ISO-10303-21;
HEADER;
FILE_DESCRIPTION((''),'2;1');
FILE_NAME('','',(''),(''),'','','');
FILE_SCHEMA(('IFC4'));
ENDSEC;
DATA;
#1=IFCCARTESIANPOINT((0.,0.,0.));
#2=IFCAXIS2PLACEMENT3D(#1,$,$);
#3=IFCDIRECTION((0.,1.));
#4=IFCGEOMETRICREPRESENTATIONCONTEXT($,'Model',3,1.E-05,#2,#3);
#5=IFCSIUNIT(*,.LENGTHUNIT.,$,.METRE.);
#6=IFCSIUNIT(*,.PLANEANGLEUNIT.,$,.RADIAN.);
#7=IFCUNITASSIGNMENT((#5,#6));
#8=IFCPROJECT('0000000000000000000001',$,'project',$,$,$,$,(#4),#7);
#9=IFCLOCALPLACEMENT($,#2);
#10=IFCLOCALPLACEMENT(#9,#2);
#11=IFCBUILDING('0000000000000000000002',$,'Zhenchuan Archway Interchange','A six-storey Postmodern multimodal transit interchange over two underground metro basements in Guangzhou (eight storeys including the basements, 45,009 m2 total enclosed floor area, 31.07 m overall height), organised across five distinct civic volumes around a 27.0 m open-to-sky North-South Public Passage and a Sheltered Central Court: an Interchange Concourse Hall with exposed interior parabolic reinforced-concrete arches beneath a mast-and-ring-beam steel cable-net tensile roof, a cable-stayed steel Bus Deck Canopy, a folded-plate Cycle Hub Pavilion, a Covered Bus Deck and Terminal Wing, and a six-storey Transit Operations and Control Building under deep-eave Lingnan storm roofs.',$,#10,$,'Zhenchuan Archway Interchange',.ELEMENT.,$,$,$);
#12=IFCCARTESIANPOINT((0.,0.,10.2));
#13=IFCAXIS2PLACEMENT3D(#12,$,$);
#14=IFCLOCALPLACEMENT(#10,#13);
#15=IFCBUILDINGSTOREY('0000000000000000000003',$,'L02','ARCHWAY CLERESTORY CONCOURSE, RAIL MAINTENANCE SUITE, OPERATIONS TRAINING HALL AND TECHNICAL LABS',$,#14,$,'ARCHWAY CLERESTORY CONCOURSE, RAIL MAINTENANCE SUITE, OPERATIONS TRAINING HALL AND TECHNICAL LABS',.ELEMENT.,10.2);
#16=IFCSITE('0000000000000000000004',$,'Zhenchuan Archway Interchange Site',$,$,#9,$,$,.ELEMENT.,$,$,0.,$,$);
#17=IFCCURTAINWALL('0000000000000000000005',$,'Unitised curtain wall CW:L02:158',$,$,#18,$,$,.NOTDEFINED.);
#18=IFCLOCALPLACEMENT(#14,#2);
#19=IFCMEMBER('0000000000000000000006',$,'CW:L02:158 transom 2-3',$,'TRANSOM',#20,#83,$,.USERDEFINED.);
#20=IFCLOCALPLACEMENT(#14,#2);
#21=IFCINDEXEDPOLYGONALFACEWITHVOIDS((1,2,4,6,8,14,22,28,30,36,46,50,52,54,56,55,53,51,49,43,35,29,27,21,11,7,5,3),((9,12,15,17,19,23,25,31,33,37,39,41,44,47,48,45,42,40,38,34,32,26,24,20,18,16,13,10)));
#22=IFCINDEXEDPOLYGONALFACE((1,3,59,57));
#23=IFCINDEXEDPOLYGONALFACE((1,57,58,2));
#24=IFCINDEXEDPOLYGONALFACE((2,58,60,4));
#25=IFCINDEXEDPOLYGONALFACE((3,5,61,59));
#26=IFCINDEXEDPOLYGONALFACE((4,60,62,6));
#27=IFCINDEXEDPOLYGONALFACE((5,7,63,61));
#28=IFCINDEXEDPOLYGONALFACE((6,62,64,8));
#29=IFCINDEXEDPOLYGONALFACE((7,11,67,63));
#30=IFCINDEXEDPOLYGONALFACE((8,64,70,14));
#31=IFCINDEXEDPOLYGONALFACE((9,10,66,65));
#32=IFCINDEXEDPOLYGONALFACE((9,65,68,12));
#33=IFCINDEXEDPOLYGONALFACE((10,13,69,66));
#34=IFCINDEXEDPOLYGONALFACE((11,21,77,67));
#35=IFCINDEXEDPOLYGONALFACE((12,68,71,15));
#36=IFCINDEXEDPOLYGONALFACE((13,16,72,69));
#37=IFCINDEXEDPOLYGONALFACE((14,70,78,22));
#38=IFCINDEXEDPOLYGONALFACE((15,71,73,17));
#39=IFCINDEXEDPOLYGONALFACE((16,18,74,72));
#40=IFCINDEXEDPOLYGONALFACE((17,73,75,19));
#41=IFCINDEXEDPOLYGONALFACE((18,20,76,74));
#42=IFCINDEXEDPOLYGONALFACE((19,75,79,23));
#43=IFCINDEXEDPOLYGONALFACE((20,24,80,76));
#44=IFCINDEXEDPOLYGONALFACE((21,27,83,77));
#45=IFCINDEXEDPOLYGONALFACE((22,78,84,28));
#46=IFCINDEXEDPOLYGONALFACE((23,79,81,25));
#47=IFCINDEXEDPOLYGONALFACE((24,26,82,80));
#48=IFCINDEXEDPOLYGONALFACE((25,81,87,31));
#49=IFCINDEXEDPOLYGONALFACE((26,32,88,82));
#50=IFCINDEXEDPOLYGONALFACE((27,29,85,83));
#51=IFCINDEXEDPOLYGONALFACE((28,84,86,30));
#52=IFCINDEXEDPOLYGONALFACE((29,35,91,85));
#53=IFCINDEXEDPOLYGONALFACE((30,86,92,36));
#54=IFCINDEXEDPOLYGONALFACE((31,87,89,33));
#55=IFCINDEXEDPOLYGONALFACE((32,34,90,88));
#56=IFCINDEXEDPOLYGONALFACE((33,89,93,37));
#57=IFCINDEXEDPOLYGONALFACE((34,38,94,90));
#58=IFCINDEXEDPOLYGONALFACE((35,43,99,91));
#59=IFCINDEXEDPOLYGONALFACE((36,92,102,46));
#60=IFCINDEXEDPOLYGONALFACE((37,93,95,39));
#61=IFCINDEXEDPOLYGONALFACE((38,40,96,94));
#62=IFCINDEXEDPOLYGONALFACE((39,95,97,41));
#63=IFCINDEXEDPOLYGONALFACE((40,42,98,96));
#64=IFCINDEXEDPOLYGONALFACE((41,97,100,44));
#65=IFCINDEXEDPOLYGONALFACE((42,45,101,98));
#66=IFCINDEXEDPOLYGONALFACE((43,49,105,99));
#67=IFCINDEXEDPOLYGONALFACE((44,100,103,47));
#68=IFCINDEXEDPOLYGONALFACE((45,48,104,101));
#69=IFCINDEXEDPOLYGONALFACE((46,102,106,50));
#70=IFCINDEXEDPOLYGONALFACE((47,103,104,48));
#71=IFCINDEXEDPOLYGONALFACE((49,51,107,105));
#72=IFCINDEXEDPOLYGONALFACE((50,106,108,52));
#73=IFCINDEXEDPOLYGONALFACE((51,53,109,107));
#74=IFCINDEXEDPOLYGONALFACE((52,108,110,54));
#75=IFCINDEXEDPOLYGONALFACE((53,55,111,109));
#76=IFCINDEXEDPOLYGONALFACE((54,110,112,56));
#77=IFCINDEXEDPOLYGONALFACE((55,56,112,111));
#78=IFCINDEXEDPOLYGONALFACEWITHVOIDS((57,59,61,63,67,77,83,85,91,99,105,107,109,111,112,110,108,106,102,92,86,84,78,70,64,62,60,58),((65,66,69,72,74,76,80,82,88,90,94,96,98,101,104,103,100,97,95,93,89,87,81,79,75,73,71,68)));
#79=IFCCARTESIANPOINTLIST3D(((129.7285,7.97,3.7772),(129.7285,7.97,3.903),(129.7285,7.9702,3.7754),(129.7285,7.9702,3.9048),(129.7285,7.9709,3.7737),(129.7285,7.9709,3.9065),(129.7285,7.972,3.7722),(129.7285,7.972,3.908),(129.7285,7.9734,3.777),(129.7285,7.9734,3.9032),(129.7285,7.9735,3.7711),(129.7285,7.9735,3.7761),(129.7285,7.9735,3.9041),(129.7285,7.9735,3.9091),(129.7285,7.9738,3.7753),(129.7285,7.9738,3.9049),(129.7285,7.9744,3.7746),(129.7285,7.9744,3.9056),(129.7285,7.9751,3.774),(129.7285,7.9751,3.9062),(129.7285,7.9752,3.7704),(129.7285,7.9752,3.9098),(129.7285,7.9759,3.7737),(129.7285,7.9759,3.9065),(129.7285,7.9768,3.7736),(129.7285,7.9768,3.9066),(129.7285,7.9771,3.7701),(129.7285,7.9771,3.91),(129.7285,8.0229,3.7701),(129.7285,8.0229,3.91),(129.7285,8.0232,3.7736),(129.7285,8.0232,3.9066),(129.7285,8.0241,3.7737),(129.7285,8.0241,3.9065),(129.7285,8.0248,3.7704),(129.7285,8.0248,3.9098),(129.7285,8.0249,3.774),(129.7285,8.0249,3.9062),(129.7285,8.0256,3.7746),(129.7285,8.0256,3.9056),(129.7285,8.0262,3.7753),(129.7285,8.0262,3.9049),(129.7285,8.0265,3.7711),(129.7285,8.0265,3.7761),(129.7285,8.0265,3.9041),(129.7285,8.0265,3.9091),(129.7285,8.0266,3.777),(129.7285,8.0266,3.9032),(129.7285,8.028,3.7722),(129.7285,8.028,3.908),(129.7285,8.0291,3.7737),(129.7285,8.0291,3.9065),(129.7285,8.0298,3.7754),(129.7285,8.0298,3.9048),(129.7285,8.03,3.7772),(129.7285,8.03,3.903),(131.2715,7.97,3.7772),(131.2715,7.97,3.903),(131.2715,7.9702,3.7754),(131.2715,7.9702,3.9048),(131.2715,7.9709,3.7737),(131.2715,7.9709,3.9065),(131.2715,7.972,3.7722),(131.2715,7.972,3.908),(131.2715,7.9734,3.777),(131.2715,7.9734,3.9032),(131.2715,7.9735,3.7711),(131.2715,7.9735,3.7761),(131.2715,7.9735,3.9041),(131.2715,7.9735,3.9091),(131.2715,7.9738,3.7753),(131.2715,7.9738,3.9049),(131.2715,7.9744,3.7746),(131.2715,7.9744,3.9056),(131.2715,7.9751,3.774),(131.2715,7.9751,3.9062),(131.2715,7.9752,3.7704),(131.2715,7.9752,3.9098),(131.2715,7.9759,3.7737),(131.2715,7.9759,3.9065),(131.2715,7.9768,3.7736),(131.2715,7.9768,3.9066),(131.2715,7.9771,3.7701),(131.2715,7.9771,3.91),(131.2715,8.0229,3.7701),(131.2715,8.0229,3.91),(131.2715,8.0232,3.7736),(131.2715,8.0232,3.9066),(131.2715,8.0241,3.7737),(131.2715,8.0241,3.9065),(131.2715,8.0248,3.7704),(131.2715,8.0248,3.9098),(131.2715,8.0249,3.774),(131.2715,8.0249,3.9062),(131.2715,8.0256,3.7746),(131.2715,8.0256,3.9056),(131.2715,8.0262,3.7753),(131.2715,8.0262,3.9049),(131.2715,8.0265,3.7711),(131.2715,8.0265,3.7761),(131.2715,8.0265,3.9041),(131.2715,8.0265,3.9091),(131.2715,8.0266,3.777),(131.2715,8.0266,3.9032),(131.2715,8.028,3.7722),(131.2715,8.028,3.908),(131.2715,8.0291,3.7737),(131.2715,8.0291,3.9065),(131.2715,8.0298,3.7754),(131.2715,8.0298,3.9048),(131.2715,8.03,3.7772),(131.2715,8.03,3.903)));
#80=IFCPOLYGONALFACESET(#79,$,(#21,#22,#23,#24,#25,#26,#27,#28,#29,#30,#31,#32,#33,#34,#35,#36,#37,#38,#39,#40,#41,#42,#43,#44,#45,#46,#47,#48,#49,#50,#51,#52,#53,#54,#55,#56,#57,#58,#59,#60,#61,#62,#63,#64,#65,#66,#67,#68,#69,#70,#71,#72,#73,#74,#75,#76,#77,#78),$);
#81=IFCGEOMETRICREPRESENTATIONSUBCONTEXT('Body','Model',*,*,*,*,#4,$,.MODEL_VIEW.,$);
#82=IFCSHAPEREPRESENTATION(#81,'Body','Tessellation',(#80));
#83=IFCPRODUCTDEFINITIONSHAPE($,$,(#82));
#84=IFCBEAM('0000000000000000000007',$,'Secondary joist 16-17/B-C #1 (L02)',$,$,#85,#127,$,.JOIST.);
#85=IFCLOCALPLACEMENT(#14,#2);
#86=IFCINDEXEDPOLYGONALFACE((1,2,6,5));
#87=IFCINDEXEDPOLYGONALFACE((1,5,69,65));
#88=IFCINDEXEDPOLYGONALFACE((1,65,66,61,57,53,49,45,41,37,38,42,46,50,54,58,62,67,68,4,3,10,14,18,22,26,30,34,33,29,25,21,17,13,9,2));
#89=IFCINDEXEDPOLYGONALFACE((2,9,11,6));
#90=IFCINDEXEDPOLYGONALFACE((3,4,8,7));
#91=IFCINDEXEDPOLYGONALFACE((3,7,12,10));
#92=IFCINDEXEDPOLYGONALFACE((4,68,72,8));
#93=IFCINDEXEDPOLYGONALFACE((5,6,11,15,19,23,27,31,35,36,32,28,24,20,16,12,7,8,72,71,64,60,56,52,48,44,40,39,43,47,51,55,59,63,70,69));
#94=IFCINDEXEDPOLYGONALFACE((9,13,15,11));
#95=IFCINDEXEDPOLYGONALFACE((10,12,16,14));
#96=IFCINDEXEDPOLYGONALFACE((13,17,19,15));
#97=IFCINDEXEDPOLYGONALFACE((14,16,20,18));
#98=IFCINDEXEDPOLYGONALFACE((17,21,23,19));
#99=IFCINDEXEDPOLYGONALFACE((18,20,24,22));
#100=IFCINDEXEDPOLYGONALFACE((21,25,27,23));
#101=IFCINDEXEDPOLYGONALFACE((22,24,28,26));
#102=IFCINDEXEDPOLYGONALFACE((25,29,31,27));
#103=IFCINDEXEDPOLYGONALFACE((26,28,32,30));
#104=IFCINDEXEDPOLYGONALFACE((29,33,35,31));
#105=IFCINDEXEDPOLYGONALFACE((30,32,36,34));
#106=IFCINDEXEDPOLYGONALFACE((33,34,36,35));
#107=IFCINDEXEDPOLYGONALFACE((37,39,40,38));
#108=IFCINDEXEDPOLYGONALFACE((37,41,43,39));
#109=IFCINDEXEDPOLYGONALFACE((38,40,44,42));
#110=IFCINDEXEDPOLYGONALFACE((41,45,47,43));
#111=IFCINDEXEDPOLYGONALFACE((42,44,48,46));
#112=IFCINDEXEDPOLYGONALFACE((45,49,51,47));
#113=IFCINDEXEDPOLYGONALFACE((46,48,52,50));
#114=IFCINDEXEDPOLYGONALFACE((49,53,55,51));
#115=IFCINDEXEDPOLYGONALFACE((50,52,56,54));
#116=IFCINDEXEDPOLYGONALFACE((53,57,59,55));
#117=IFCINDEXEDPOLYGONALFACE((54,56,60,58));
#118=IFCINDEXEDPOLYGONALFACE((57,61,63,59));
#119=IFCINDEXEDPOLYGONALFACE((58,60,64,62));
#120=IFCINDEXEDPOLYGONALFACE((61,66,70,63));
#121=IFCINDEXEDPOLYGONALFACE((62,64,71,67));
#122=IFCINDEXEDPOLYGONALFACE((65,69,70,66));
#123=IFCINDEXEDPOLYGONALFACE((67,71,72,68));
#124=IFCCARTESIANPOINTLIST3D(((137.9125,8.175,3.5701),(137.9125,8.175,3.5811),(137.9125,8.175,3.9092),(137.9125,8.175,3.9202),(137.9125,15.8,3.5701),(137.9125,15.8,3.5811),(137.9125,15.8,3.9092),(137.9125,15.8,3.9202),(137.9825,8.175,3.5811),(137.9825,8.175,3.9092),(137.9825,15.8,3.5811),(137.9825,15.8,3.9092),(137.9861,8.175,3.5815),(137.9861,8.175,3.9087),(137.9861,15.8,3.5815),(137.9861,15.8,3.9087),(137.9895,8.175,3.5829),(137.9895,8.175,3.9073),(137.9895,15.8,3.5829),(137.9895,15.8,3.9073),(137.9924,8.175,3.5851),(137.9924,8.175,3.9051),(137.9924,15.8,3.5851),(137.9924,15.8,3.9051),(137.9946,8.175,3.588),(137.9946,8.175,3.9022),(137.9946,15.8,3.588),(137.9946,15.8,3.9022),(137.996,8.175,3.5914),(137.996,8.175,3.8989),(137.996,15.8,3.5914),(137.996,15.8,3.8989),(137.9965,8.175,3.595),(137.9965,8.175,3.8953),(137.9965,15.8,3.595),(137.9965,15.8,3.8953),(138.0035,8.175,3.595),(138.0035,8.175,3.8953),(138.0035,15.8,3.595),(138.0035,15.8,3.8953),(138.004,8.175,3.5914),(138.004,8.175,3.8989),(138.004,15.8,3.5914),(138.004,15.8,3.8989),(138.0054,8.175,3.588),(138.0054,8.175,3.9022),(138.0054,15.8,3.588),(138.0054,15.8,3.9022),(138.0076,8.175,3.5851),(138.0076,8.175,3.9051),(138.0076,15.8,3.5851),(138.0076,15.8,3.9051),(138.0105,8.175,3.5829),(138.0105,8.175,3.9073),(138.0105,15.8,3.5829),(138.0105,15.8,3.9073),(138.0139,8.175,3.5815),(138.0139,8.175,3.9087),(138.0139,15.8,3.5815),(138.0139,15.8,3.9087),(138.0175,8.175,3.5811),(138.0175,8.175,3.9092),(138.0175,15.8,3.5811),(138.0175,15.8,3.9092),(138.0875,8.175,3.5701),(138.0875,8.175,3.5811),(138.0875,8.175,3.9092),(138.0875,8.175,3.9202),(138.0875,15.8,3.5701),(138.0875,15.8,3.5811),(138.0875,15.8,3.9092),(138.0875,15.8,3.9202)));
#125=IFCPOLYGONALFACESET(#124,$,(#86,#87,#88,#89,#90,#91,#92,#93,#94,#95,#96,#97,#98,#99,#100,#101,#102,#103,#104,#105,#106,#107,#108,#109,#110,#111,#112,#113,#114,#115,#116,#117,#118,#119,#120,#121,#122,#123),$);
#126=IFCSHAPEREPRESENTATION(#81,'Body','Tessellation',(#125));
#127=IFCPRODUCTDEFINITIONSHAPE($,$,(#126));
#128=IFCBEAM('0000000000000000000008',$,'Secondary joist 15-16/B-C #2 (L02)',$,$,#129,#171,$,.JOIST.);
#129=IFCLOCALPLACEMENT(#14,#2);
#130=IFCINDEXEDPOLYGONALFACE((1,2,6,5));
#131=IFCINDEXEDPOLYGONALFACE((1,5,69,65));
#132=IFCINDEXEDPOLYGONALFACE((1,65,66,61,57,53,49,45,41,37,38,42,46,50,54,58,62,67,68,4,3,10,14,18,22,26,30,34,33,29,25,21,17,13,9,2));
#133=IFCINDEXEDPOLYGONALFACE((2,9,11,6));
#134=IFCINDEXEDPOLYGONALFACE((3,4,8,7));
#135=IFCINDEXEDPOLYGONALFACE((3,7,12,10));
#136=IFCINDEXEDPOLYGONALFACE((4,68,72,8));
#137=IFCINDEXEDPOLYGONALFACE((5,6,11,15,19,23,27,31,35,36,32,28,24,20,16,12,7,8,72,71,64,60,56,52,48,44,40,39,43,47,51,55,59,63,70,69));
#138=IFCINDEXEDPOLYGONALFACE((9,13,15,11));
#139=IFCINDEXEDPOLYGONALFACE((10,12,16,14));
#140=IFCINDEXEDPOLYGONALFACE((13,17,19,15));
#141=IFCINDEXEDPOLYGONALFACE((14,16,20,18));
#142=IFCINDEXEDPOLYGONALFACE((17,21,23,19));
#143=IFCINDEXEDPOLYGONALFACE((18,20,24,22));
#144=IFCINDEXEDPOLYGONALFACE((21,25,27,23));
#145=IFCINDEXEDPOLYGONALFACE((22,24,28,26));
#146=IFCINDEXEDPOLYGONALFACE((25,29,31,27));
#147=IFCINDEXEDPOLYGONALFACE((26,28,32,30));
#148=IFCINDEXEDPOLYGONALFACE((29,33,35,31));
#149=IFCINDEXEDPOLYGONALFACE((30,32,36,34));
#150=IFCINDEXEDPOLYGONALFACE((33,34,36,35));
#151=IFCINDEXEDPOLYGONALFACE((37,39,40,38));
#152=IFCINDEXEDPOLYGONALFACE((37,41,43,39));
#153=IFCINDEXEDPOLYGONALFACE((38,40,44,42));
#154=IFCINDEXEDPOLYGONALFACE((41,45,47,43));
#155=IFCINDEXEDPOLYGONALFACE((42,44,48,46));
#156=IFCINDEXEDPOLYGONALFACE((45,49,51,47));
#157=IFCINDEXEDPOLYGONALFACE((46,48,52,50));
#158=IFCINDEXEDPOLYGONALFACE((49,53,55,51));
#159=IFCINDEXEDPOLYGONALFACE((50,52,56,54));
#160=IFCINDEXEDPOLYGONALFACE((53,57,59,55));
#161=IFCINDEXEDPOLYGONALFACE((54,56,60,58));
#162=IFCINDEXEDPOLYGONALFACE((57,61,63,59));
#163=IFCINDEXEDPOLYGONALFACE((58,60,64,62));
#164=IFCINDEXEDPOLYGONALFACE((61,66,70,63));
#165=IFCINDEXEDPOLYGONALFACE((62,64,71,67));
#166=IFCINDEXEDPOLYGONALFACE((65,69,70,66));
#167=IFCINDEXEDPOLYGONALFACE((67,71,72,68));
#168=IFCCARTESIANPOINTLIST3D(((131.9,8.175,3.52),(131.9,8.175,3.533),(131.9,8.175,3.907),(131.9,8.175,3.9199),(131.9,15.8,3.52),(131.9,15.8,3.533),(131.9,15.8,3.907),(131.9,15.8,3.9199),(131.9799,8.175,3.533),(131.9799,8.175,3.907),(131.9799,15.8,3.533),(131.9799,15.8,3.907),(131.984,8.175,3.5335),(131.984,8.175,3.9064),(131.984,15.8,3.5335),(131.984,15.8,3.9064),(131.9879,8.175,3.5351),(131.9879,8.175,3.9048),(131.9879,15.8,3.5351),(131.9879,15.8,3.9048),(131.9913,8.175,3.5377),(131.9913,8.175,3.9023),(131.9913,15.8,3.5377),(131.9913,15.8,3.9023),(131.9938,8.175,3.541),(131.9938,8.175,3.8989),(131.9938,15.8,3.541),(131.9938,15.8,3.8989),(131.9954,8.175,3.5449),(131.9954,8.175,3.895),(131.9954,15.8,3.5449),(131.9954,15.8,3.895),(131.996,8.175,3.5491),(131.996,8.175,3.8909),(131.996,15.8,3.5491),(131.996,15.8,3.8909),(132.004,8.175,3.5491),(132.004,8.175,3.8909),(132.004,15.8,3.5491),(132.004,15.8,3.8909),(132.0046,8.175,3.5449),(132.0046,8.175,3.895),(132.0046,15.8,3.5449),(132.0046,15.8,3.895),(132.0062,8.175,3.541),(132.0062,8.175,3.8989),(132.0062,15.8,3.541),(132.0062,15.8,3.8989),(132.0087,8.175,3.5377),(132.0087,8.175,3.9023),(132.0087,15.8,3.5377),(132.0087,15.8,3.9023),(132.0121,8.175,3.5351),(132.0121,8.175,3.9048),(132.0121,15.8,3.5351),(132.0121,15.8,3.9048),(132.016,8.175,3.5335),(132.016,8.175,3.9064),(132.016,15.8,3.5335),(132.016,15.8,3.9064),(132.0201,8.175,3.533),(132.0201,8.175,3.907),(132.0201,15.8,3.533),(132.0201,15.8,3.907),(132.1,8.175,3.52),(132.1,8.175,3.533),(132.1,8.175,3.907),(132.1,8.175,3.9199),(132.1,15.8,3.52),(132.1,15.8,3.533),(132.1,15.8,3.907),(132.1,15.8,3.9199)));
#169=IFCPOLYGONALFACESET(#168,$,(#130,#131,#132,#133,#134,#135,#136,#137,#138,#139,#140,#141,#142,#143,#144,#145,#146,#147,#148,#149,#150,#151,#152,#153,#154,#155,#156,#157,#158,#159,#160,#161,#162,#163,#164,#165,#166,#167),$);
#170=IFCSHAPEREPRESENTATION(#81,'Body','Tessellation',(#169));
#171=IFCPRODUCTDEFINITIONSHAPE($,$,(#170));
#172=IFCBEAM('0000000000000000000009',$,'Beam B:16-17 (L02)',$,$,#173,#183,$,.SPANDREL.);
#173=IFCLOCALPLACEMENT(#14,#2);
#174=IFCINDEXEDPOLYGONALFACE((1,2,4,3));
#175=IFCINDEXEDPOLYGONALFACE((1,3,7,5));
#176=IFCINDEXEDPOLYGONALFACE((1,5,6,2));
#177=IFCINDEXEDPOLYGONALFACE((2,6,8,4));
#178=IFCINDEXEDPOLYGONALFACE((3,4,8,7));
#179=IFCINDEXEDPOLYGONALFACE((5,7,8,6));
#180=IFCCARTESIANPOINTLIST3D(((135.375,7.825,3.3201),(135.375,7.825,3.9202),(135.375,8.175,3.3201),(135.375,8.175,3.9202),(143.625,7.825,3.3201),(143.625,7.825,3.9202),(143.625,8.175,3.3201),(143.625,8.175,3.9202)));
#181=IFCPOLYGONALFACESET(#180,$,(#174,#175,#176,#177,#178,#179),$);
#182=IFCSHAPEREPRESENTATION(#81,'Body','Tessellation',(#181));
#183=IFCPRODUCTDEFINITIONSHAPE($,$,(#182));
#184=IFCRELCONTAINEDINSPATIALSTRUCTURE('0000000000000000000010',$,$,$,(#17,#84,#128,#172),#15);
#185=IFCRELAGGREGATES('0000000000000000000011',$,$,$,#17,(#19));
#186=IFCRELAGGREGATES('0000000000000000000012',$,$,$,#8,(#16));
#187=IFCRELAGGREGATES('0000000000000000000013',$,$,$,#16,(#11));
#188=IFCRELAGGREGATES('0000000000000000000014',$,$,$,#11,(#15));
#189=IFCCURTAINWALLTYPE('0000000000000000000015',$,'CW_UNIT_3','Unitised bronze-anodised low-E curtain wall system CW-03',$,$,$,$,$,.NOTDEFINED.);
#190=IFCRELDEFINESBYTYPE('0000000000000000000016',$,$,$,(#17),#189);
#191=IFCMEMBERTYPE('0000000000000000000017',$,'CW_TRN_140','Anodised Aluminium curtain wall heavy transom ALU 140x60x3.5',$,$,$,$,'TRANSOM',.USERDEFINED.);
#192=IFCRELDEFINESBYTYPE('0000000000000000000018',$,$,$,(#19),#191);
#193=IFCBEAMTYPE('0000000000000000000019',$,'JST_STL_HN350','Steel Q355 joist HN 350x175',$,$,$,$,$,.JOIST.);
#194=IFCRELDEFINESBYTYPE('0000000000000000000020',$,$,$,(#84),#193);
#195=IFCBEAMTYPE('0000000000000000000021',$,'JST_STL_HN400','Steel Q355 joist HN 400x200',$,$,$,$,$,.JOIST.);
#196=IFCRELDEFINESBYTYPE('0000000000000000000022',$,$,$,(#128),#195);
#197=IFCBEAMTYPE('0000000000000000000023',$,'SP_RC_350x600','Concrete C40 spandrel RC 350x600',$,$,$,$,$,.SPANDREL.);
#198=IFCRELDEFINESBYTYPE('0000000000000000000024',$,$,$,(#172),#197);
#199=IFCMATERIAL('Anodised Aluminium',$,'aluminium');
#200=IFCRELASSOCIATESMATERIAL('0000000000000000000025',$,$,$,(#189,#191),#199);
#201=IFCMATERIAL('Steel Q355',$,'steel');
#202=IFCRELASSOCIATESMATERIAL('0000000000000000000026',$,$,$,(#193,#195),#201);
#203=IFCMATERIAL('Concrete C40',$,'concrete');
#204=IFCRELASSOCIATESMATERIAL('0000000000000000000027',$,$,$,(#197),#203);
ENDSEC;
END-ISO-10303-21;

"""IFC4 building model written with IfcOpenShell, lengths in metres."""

from ifc_helpers import new_model, si_unit, direction, frame, origin, origin_2d, place, context, subcontext, project, spatial, rectangle, hollow_rectangle, i_section, extrude, material, material_profile, profile_set, type_object, element, aggregate, save


model = new_model("IFC4")

# Units and contexts
model_context = context("Model", 3, precision=1e-05, world=origin(), true_north=direction((0.0, 1.0)))
body_context = subcontext(model_context, "Body", "Model", "MODEL_VIEW")
ifc_project = project(units=[si_unit("LENGTHUNIT", "METRE"), si_unit("PLANEANGLEUNIT", "RADIAN")], contexts=[model_context])

# Site, building, storey
site_placement = place(None, origin())
site = spatial("IfcSite", under=ifc_project, at=site_placement, Name="Zhenchuan Archway Interchange Site", CompositionType="ELEMENT", RefElevation=0.0)
building_placement = place(site_placement, origin())
building = spatial("IfcBuilding", under=site, at=building_placement, Name="Zhenchuan Archway Interchange", Description="A six-storey Postmodern multimodal transit interchange over two underground metro basements in Guangzhou (eight storeys including the basements, 45,009 m2 total enclosed floor area, 31.07 m overall height), organised across five distinct civic volumes around a 27.0 m open-to-sky North-South Public Passage and a Sheltered Central Court: an Interchange Concourse Hall with exposed interior parabolic reinforced-concrete arches beneath a mast-and-ring-beam steel cable-net tensile roof, a cable-stayed steel Bus Deck Canopy, a folded-plate Cycle Hub Pavilion, a Covered Bus Deck and Terminal Wing, and a six-storey Transit Operations and Control Building under deep-eave Lingnan storm roofs.", LongName="Zhenchuan Archway Interchange", CompositionType="ELEMENT")
storey_placement = place(building_placement, frame((0.0, 0.0, 10.2)))
storey = spatial("IfcBuildingStorey", under=building, at=storey_placement, Name="L02", Description="ARCHWAY CLERESTORY CONCOURSE, RAIL MAINTENANCE SUITE, OPERATIONS TRAINING HALL AND TECHNICAL LABS", LongName="ARCHWAY CLERESTORY CONCOURSE, RAIL MAINTENANCE SUITE, OPERATIONS TRAINING HALL AND TECHNICAL LABS", CompositionType="ELEMENT", Elevation=10.2)

# Shared definitions
ifc_material_1 = material(Name="Concrete C40", Category="concrete")

# Curtain wall, member
ifc_material_2 = material(Name="Anodised Aluminium", Category="aluminium")
curtain_wall_type = type_object("IfcCurtainWallType", Name="CW_UNIT_3", Description="Unitised bronze-anodised low-E curtain wall system CW-03", PredefinedType="NOTDEFINED", material=ifc_material_2)
curtain_wall_placement = place(storey_placement, origin())
curtain_wall = element("IfcCurtainWall", 1, at=curtain_wall_placement, inside=storey, type_object=curtain_wall_type, Name="Unitised curtain wall CW:L02:158", PredefinedType="NOTDEFINED")
ifc_material_profile_1 = material_profile(ifc_material_2, hollow_rectangle(XDim=0.0601, YDim=0.1399, WallThickness=0.0034, InnerFilletRadius=0.0034, OuterFilletRadius=0.0071, at=origin_2d()), Name="ALU 140x60x3.5")
ifc_profile_set_1 = profile_set([ifc_material_profile_1], Name="Anodised Aluminium")
member_type_1 = type_object("IfcMemberType", Name="CW_TRN_140", Description="Anodised Aluminium curtain wall heavy transom ALU 140x60x3.5", ElementType="TRANSOM", PredefinedType="USERDEFINED", material=ifc_profile_set_1)
member_1_placement = place(storey_placement, frame((131.2715, 8.0, 3.8401), z_axis=(-1.0, 0.0, 0.0), x_axis=(0.0, -1.0, 0.0)))
member_1 = element("IfcMember", 2, at=member_1_placement, type_object=member_type_1, Name="CW:L02:158 transom 2-3", ObjectType="TRANSOM", PredefinedType="USERDEFINED", context=body_context, shape_type="SweptSolid", body=[
    extrude(hollow_rectangle(XDim=0.0601, YDim=0.1399, WallThickness=0.0034, InnerFilletRadius=0.0034, OuterFilletRadius=0.0071, at=origin_2d()), origin(), (0.0, 0.0, 1.0), 1.543),
])

# Beams
ifc_material_3 = material(Name="Steel Q355", Category="steel")
ifc_material_profile_2 = material_profile(ifc_material_3, i_section(OverallWidth=0.175, OverallDepth=0.3501, WebThickness=0.0071, FlangeThickness=0.011, FilletRadius=0.0139, at=origin_2d()), Name="HN 350x175")
ifc_profile_set_2 = profile_set([ifc_material_profile_2], Name="Steel Q355")
beam_type_1 = type_object("IfcBeamType", Name="JST_STL_HN350", Description="Steel Q355 joist HN 350x175", PredefinedType="JOIST", material=ifc_profile_set_2)
beam_1_placement = place(storey_placement, frame((138.0, 8.175, 3.7451), z_axis=(0.0, 1.0, 0.0), x_axis=(-1.0, 0.0, 0.0)))
element("IfcBeam", 3, at=beam_1_placement, inside=storey, type_object=beam_type_1, Name="Secondary joist 16-17/B-C #1 (L02)", PredefinedType="JOIST", context=body_context, shape_type="SweptSolid", body=[
    extrude(i_section(OverallWidth=0.175, OverallDepth=0.3501, WebThickness=0.0071, FlangeThickness=0.011, FilletRadius=0.0139, at=origin_2d()), origin(), (0.0, 0.0, 1.0), 7.625),
])
ifc_material_profile_3 = material_profile(ifc_material_3, i_section(OverallWidth=0.2, OverallDepth=0.3999, WebThickness=0.0081, FlangeThickness=0.0129, FilletRadius=0.0161, at=origin_2d()), Name="HN 400x200")
ifc_profile_set_3 = profile_set([ifc_material_profile_3], Name="Steel Q355")
beam_type_2 = type_object("IfcBeamType", Name="JST_STL_HN400", Description="Steel Q355 joist HN 400x200", PredefinedType="JOIST", material=ifc_profile_set_3)
beam_2_placement = place(storey_placement, frame((132.0, 8.175, 3.72), z_axis=(0.0, 1.0, 0.0), x_axis=(-1.0, 0.0, 0.0)))
element("IfcBeam", 4, at=beam_2_placement, inside=storey, type_object=beam_type_2, Name="Secondary joist 15-16/B-C #2 (L02)", PredefinedType="JOIST", context=body_context, shape_type="SweptSolid", body=[
    extrude(i_section(OverallWidth=0.2, OverallDepth=0.3999, WebThickness=0.0081, FlangeThickness=0.0129, FilletRadius=0.0161, at=origin_2d()), origin(), (0.0, 0.0, 1.0), 7.625),
])
ifc_material_profile_4 = material_profile(ifc_material_1, rectangle(XDim=0.3501, YDim=0.6001, at=origin_2d()), Name="RC 350x600")
ifc_profile_set_4 = profile_set([ifc_material_profile_4], Name="Concrete C40")
beam_type_3 = type_object("IfcBeamType", Name="SP_RC_350x600", Description="Concrete C40 spandrel RC 350x600", PredefinedType="SPANDREL", material=ifc_profile_set_4)
beam_3_placement = place(storey_placement, frame((135.375, 8.0, 3.6201), z_axis=(1.0, 0.0, 0.0), x_axis=(0.0, 1.0, 0.0)))
element("IfcBeam", 5, at=beam_3_placement, inside=storey, type_object=beam_type_3, Name="Beam B:16-17 (L02)", PredefinedType="SPANDREL", context=body_context, shape_type="SweptSolid", body=[
    extrude(rectangle(XDim=0.3501, YDim=0.6001, at=origin_2d()), origin(), (0.0, 0.0, 1.0), 8.25),
])

aggregate(curtain_wall, [member_1])

save(model, "model.ifc")
